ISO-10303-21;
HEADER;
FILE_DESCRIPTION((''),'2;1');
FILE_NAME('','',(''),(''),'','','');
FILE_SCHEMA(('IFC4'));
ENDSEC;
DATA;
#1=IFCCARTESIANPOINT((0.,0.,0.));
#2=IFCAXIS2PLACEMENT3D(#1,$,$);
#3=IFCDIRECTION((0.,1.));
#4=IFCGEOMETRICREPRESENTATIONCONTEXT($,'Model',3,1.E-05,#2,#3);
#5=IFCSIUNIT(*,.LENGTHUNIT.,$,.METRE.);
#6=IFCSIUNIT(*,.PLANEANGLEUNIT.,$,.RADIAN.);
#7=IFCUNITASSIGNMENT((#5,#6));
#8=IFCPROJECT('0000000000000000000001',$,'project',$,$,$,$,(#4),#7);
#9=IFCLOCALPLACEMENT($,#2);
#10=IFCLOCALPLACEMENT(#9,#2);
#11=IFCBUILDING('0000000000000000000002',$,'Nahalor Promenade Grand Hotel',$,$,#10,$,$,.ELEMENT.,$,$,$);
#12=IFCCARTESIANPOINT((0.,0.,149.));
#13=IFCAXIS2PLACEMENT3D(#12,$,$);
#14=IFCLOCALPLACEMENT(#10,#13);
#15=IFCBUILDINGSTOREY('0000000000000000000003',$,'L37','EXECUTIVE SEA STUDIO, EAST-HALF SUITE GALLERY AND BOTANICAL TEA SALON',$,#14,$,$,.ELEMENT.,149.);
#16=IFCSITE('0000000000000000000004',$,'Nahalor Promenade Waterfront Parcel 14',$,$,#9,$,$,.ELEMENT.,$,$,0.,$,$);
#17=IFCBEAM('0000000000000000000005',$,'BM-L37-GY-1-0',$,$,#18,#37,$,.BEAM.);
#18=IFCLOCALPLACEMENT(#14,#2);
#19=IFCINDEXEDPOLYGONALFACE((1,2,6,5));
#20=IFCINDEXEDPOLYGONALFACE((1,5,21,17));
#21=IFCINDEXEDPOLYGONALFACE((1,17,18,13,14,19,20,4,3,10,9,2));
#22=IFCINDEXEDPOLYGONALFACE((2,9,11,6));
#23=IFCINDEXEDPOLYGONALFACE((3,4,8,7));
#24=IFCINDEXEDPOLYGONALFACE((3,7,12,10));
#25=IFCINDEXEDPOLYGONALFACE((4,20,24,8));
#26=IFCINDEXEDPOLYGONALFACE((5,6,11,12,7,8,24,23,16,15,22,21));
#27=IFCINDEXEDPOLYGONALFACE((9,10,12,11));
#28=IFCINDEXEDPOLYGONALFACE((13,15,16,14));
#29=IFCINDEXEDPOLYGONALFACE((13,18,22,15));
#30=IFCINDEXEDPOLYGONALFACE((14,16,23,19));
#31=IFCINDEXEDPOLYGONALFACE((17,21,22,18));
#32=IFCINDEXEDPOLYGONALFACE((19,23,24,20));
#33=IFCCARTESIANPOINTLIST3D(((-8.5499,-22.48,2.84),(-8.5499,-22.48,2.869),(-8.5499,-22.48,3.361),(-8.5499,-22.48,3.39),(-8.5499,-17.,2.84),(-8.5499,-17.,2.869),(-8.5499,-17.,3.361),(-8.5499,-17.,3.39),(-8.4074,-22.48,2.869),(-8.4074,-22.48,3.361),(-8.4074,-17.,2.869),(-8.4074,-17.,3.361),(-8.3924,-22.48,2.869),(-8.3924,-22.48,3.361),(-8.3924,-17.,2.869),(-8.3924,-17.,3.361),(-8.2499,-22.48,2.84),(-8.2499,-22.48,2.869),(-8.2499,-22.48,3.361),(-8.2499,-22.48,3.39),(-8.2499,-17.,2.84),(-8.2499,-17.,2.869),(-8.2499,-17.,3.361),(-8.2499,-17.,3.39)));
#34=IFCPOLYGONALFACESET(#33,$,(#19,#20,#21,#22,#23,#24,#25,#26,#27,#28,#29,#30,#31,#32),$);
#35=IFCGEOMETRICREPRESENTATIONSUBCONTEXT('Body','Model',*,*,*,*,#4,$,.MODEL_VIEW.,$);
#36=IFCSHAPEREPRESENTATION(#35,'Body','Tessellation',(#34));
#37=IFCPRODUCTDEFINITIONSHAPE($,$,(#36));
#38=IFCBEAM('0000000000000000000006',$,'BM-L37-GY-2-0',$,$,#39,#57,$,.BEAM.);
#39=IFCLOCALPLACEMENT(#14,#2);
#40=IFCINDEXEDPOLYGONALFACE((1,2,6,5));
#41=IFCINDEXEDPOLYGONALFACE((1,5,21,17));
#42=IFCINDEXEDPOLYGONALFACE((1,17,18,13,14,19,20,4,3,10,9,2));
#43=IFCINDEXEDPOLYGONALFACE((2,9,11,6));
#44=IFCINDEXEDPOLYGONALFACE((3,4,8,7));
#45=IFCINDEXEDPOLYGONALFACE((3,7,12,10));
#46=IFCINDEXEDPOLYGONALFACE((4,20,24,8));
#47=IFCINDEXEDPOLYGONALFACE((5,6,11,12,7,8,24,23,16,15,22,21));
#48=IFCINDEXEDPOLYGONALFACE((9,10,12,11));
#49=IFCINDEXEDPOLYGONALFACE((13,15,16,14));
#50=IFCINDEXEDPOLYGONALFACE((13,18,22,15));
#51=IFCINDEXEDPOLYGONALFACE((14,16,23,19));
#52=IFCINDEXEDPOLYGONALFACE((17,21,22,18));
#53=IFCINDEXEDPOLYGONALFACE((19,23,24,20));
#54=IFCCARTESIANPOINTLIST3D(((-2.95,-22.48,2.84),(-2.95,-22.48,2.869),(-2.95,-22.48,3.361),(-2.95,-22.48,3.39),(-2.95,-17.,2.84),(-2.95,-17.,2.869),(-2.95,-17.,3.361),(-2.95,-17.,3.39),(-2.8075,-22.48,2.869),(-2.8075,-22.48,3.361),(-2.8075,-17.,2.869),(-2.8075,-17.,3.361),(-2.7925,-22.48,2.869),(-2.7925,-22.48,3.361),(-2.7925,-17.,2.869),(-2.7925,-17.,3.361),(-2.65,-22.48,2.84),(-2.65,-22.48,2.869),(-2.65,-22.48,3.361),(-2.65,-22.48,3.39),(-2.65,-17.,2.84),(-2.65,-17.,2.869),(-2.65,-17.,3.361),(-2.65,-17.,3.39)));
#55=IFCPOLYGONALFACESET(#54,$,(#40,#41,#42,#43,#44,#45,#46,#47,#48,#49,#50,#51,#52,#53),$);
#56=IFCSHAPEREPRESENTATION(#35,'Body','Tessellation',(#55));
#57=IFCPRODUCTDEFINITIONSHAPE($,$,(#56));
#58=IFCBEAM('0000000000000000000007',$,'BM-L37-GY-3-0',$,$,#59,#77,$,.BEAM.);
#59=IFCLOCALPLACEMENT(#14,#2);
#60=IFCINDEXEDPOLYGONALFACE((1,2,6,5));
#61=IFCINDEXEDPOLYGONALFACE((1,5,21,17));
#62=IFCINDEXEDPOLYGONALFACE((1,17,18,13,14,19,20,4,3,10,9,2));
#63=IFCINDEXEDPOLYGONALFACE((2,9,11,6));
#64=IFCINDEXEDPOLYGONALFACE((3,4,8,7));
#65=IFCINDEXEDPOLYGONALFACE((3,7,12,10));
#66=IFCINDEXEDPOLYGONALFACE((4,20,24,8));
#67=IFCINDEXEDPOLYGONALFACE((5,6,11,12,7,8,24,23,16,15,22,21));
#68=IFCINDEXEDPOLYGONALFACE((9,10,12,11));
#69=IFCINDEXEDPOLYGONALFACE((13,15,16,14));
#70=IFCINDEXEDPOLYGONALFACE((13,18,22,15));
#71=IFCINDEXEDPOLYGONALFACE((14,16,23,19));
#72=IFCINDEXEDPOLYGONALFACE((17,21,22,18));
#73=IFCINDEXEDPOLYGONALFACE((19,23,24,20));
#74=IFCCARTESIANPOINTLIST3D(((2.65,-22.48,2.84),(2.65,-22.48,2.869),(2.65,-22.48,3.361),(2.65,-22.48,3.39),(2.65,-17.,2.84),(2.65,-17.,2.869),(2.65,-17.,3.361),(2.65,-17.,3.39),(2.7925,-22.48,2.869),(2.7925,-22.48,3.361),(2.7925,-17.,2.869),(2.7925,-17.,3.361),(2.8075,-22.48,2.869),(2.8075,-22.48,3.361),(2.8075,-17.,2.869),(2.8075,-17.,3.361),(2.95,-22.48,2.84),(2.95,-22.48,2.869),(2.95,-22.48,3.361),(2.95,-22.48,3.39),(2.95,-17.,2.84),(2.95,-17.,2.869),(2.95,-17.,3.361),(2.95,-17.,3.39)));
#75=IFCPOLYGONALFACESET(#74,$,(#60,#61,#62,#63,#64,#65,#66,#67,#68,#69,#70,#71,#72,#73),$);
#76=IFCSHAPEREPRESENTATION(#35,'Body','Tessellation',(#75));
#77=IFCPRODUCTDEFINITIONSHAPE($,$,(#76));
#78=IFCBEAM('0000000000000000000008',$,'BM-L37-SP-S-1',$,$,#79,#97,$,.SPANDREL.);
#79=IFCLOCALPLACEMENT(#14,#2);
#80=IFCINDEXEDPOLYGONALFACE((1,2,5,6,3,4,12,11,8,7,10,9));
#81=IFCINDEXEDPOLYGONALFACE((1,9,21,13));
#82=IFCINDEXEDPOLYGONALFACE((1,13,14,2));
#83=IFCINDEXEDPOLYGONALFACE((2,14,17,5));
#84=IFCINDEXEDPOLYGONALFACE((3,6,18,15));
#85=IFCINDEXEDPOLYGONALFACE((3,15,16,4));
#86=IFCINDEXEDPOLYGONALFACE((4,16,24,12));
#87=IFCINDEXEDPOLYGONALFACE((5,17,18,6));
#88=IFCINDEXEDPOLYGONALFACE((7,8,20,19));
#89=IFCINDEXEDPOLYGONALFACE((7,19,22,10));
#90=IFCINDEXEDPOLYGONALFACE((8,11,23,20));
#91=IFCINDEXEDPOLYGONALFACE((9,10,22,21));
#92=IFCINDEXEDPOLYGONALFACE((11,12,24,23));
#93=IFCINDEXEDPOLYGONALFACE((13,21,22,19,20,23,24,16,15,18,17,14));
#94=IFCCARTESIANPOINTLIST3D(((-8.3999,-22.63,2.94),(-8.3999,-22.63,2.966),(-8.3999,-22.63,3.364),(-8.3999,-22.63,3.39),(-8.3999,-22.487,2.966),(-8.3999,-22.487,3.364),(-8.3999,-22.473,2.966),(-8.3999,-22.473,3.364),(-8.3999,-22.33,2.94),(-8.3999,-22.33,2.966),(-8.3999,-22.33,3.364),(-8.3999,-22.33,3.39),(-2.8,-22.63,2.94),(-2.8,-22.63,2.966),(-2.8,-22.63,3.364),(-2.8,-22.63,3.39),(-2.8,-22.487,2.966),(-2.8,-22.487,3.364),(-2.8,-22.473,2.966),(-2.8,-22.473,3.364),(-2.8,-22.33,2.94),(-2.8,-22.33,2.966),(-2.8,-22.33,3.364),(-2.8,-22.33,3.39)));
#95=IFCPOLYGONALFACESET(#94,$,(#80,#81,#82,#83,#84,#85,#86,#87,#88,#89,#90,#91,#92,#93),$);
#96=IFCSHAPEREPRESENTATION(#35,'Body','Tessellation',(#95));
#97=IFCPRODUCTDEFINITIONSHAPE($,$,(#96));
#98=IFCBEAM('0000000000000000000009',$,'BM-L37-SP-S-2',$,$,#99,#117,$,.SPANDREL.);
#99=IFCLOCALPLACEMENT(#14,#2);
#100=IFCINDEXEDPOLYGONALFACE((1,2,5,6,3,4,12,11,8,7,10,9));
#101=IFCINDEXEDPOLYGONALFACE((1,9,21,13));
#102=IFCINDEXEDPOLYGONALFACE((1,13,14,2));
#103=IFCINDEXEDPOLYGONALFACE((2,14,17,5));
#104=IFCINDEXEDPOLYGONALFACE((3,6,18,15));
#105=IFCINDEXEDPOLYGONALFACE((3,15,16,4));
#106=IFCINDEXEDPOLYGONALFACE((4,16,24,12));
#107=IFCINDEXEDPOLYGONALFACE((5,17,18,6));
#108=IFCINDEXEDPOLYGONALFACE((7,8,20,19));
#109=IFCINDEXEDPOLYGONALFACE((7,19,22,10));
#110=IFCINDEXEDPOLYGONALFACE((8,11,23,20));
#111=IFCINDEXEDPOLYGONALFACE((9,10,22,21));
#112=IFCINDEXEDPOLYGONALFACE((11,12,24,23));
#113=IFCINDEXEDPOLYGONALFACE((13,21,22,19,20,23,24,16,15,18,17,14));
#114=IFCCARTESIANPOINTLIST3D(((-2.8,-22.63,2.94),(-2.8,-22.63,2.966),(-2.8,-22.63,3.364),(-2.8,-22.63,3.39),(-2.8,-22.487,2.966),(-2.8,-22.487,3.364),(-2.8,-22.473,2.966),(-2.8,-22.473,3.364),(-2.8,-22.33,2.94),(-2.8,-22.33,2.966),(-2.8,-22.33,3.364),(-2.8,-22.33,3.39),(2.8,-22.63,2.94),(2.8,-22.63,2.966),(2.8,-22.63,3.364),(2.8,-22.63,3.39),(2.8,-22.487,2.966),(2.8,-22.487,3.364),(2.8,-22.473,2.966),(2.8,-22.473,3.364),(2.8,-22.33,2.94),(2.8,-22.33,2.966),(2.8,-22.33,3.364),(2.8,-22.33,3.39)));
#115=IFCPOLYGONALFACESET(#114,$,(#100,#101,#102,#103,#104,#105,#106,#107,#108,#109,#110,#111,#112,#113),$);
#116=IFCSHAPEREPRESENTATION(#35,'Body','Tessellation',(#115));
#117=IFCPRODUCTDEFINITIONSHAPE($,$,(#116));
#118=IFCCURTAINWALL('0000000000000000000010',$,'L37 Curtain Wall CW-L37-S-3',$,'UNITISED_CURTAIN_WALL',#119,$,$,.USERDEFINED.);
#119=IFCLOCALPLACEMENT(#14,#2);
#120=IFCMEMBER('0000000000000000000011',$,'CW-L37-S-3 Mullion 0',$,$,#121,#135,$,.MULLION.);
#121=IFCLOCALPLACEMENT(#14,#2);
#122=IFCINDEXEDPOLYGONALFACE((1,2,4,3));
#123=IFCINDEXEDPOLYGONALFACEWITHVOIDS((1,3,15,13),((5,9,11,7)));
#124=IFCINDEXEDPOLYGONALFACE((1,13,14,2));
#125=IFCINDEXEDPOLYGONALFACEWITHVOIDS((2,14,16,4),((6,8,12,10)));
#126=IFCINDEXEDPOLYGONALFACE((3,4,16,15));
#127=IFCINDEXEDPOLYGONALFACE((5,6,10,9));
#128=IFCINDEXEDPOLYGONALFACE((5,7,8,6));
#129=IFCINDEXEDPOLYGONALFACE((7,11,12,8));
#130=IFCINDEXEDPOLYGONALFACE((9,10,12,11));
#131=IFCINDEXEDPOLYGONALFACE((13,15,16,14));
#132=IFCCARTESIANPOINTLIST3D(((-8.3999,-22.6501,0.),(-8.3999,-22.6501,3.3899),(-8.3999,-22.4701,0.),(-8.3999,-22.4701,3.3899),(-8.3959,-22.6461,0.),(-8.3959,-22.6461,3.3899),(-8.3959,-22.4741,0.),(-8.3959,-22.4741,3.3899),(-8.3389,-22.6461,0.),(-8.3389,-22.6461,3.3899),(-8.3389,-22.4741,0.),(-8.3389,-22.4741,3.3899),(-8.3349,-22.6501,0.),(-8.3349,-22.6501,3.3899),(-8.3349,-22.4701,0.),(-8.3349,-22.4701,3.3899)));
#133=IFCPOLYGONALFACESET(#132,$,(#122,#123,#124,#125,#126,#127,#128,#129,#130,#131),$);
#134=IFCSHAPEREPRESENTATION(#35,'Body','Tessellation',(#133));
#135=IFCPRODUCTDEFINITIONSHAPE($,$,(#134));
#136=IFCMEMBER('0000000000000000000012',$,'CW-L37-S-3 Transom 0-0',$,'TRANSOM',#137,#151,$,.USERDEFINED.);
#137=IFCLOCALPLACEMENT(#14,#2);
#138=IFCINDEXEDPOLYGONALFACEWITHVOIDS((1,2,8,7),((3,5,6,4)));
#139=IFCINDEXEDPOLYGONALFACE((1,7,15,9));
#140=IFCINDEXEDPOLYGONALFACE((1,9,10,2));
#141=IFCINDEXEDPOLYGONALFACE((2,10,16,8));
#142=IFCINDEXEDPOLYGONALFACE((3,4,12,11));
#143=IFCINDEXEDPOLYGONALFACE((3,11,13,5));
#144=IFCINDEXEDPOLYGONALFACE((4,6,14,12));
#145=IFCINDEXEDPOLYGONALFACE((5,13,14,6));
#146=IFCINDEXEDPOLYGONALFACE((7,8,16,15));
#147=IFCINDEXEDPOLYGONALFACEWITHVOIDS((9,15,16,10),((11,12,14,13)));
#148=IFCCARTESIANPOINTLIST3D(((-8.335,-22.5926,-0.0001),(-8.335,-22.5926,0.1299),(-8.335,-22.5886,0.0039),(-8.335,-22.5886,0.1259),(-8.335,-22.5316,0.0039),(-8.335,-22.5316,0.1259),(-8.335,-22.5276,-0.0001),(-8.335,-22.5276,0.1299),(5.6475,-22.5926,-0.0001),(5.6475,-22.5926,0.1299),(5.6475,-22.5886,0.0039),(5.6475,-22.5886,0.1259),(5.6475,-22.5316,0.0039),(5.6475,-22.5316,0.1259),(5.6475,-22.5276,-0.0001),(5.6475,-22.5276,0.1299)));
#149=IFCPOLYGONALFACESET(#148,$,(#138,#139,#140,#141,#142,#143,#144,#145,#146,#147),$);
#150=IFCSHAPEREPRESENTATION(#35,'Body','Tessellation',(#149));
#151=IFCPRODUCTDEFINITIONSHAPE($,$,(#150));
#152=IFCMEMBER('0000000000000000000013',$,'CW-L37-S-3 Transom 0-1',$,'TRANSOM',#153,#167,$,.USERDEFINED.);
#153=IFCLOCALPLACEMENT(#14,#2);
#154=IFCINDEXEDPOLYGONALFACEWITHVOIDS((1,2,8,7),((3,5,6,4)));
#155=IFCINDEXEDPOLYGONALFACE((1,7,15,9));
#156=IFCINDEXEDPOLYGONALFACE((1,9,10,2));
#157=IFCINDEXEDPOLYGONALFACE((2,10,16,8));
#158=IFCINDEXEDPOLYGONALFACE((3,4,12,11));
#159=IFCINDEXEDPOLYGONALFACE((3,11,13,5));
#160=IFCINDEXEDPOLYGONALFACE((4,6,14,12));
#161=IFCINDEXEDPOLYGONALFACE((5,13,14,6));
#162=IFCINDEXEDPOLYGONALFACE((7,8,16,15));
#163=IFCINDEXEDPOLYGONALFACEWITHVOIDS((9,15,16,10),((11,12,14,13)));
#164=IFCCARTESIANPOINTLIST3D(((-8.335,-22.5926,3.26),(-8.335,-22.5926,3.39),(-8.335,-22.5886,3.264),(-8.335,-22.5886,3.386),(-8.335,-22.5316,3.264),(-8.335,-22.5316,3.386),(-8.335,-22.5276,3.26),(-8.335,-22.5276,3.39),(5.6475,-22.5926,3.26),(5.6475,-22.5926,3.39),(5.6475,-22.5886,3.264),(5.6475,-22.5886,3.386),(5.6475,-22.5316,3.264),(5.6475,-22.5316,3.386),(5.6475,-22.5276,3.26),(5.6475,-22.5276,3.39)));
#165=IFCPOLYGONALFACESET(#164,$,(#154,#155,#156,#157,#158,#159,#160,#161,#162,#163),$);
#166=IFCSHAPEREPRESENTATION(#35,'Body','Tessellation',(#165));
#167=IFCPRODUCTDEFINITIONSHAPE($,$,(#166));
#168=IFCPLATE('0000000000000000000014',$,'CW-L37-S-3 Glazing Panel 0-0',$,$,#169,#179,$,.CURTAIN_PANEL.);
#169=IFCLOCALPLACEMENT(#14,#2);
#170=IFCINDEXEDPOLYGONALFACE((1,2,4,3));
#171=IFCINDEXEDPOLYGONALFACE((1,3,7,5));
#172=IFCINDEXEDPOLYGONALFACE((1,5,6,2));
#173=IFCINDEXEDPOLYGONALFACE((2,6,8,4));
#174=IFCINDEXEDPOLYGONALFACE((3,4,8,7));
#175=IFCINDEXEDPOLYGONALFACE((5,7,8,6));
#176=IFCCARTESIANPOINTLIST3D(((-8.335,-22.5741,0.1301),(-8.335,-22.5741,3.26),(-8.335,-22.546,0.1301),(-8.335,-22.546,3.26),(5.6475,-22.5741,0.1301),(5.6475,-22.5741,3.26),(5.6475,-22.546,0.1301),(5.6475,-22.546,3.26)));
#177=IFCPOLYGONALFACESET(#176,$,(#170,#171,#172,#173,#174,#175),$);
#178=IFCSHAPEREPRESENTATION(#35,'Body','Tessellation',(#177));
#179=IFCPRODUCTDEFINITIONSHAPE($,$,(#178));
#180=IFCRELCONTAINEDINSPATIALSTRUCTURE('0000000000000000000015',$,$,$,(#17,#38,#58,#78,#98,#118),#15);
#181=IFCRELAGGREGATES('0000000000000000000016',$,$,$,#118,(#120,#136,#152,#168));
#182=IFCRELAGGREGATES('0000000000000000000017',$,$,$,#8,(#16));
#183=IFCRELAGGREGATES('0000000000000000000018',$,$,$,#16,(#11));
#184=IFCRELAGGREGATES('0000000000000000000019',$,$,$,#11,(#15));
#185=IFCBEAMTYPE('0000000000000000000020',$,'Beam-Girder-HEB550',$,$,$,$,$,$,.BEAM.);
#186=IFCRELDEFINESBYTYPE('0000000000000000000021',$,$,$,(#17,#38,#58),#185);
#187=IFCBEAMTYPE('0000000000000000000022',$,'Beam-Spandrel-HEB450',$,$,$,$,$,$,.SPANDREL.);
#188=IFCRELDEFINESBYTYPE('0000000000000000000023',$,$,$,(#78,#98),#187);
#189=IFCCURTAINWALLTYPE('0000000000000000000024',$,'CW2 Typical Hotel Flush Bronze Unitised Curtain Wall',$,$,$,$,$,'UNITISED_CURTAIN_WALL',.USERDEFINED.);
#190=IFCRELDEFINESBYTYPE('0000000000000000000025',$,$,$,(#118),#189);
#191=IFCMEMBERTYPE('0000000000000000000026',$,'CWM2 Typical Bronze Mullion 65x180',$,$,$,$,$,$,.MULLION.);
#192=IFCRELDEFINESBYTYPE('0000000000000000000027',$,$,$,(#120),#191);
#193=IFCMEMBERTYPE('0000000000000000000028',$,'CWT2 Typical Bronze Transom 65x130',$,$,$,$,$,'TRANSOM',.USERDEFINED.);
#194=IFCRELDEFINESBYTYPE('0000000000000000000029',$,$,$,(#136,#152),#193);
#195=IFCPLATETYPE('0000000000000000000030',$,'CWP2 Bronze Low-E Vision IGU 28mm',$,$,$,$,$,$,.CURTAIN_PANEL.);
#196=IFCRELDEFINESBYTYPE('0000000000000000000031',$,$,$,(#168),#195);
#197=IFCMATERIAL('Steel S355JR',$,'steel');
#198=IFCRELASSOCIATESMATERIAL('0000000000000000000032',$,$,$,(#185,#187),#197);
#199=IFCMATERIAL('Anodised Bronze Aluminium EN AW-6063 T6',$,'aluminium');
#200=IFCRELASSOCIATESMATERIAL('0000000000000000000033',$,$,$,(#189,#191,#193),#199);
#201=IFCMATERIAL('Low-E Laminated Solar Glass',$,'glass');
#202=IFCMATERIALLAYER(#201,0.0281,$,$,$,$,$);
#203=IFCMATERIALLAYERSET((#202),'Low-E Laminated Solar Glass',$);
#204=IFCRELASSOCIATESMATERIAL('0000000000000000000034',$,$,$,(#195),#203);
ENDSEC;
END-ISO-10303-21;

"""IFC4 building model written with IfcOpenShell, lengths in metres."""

from ifc_helpers import new_model, si_unit, direction, frame, origin, origin_2d, place, context, subcontext, project, spatial, rectangle, hollow_rectangle, i_section, extrude, source, transform, mapped, material, layer, layer_set, material_profile, profile_set, type_object, element, aggregate, save


model = new_model("IFC4")

# Units and contexts
model_context = context("Model", 3, precision=1e-05, world=origin(), true_north=direction((0.0, 1.0)))
body_context = subcontext(model_context, "Body", "Model", "MODEL_VIEW")
ifc_project = project(units=[si_unit("LENGTHUNIT", "METRE"), si_unit("PLANEANGLEUNIT", "RADIAN")], contexts=[model_context])

# Site, building, storey
site_placement = place(None, origin())
site = spatial("IfcSite", under=ifc_project, at=site_placement, Name="Nahalor Promenade Waterfront Parcel 14", CompositionType="ELEMENT", RefElevation=0.0)
building_placement = place(site_placement, origin())
building = spatial("IfcBuilding", under=site, at=building_placement, Name="Nahalor Promenade Grand Hotel", CompositionType="ELEMENT")
storey_placement = place(building_placement, frame((0.0, 0.0, 149.0)))
storey = spatial("IfcBuildingStorey", under=building, at=storey_placement, Name="L37", Description="EXECUTIVE SEA STUDIO, EAST-HALF SUITE GALLERY AND BOTANICAL TEA SALON", CompositionType="ELEMENT", Elevation=149.0)

# Beams
ifc_material_1 = material(Name="Steel S355JR", Category="steel")
ifc_material_profile_1 = material_profile(ifc_material_1, i_section(OverallWidth=0.3, OverallDepth=0.55, WebThickness=0.015, FlangeThickness=0.029, at=origin_2d()), Name="HEB 550")
ifc_profile_set_1 = profile_set([ifc_material_profile_1], Name="Steel S355JR")
beam_type_1 = type_object("IfcBeamType", Name="Beam-Girder-HEB550", PredefinedType="BEAM", material=ifc_profile_set_1)
shared_shape_1 = source(origin(), body_context, "Body", "SweptSolid", [
    extrude(i_section(OverallWidth=0.3, OverallDepth=0.55, WebThickness=0.015, FlangeThickness=0.029, at=origin_2d()), origin(), (0.0, 0.0, 1.0), 5.48),
])
for number, where, z_axis, x_axis, name in (
    (1, (-8.3999, -22.48, 3.115), (0.0, 1.0, 0.0), (-1.0, 0.0, 0.0), "BM-L37-GY-1-0"),
    (2, (-2.8, -22.48, 3.115), (0.0, 1.0, 0.0), (-1.0, 0.0, 0.0), "BM-L37-GY-2-0"),
    (3, (2.8, -22.48, 3.115), (0.0, 1.0, 0.0), (-1.0, 0.0, 0.0), "BM-L37-GY-3-0"),
):
    element("IfcBeam", number, at=place(storey_placement, frame(where, z_axis=z_axis, x_axis=x_axis)), inside=storey, type_object=beam_type_1, Name=name, PredefinedType="BEAM", context=body_context, shape_type="MappedRepresentation", body=[
        mapped(shared_shape_1, transform((0.0, 0.0, 0.0), scale=1.0)),
    ])
ifc_material_profile_2 = material_profile(ifc_material_1, i_section(OverallWidth=0.3, OverallDepth=0.45, WebThickness=0.014, FlangeThickness=0.026, at=origin_2d()), Name="HEB 450")
ifc_profile_set_2 = profile_set([ifc_material_profile_2], Name="Steel S355JR")
beam_type_2 = type_object("IfcBeamType", Name="Beam-Spandrel-HEB450", PredefinedType="SPANDREL", material=ifc_profile_set_2)
shared_shape_2 = source(origin(), body_context, "Body", "SweptSolid", [
    extrude(i_section(OverallWidth=0.3, OverallDepth=0.45, WebThickness=0.014, FlangeThickness=0.026, at=origin_2d()), origin(), (0.0, 0.0, 1.0), 5.5999),
])
beam_1_placement = place(storey_placement, frame((-8.3999, -22.48, 3.165), z_axis=(1.0, 0.0, 0.0), x_axis=(0.0, 1.0, 0.0)))
element("IfcBeam", 4, at=beam_1_placement, inside=storey, type_object=beam_type_2, Name="BM-L37-SP-S-1", PredefinedType="SPANDREL", context=body_context, shape_type="MappedRepresentation", body=[
    mapped(shared_shape_2, transform((0.0, 0.0, 0.0), scale=1.0)),
])
shared_shape_3 = source(origin(), body_context, "Body", "SweptSolid", [
    extrude(i_section(OverallWidth=0.3, OverallDepth=0.45, WebThickness=0.014, FlangeThickness=0.026, at=origin_2d()), origin(), (0.0, 0.0, 1.0), 5.6001),
])
beam_2_placement = place(storey_placement, frame((-2.8, -22.48, 3.165), z_axis=(1.0, 0.0, 0.0), x_axis=(0.0, 1.0, 0.0)))
element("IfcBeam", 5, at=beam_2_placement, inside=storey, type_object=beam_type_2, Name="BM-L37-SP-S-2", PredefinedType="SPANDREL", context=body_context, shape_type="MappedRepresentation", body=[
    mapped(shared_shape_3, transform((0.0, 0.0, 0.0), scale=1.0)),
])

# Curtain wall, members, plate
ifc_material_2 = material(Name="Anodised Bronze Aluminium EN AW-6063 T6", Category="aluminium")
curtain_wall_type = type_object("IfcCurtainWallType", Name="CW2 Typical Hotel Flush Bronze Unitised Curtain Wall", ElementType="UNITISED_CURTAIN_WALL", PredefinedType="USERDEFINED", material=ifc_material_2)
curtain_wall_placement = place(storey_placement, origin())
curtain_wall = element("IfcCurtainWall", 6, at=curtain_wall_placement, inside=storey, type_object=curtain_wall_type, Name="L37 Curtain Wall CW-L37-S-3", ObjectType="UNITISED_CURTAIN_WALL", PredefinedType="USERDEFINED")
ifc_material_profile_3 = material_profile(ifc_material_2, hollow_rectangle(XDim=0.065, YDim=0.18, WallThickness=0.004, at=origin_2d()), Name="CWM 65x180x4")
ifc_profile_set_3 = profile_set([ifc_material_profile_3], Name="Anodised Bronze Aluminium EN AW-6063 T6")
member_type_1 = type_object("IfcMemberType", Name="CWM2 Typical Bronze Mullion 65x180", PredefinedType="MULLION", material=ifc_profile_set_3)
shared_shape_4 = source(origin(), body_context, "Body", "SweptSolid", [
    extrude(hollow_rectangle(XDim=0.065, YDim=0.18, WallThickness=0.004, at=origin_2d()), origin(), (0.0, 0.0, 1.0), 3.3899),
])
member_1_placement = place(storey_placement, frame((-8.3674, -22.5601, 0.0), z_axis=(0.0, 0.0, 1.0), x_axis=(1.0, 0.0, 0.0)))
member_1 = element("IfcMember", 7, at=member_1_placement, type_object=member_type_1, Name="CW-L37-S-3 Mullion 0", PredefinedType="MULLION", context=body_context, shape_type="MappedRepresentation", body=[
    mapped(shared_shape_4, transform((0.0, 0.0, 0.0), scale=1.0)),
])
ifc_material_profile_4 = material_profile(ifc_material_2, hollow_rectangle(XDim=0.065, YDim=0.13, WallThickness=0.004, at=origin_2d()), Name="CWT 65x130x4")
ifc_profile_set_4 = profile_set([ifc_material_profile_4], Name="Anodised Bronze Aluminium EN AW-6063 T6")
member_type_2 = type_object("IfcMemberType", Name="CWT2 Typical Bronze Transom 65x130", ElementType="TRANSOM", PredefinedType="USERDEFINED", material=ifc_profile_set_4)
shared_shape_5 = source(origin(), body_context, "Body", "SweptSolid", [
    extrude(hollow_rectangle(XDim=0.065, YDim=0.13, WallThickness=0.004, at=origin_2d()), origin(), (0.0, 0.0, 1.0), 13.9824),
])
member_2_placement = place(storey_placement, frame((-8.335, -22.5601, 0.0649), z_axis=(1.0, 0.0, 0.0), x_axis=(0.0, 1.0, 0.0)))
member_2 = element("IfcMember", 8, at=member_2_placement, type_object=member_type_2, Name="CW-L37-S-3 Transom 0-0", ObjectType="TRANSOM", PredefinedType="USERDEFINED", context=body_context, shape_type="MappedRepresentation", body=[
    mapped(shared_shape_5, transform((0.0, 0.0, 0.0), scale=1.0)),
])
member_3_placement = place(storey_placement, frame((-8.335, -22.5601, 3.325), z_axis=(1.0, 0.0, 0.0), x_axis=(0.0, 1.0, 0.0)))
member_3 = element("IfcMember", 9, at=member_3_placement, type_object=member_type_2, Name="CW-L37-S-3 Transom 0-1", ObjectType="TRANSOM", PredefinedType="USERDEFINED", context=body_context, shape_type="MappedRepresentation", body=[
    mapped(shared_shape_5, transform((0.0, 0.0, 0.0), scale=1.0)),
])
ifc_material_3 = material(Name="Low-E Laminated Solar Glass", Category="glass")
ifc_layer_1 = layer(ifc_material_3, 0.0281)
ifc_layer_set_1 = layer_set([ifc_layer_1], Name="Low-E Laminated Solar Glass")
plate_type = type_object("IfcPlateType", Name="CWP2 Bronze Low-E Vision IGU 28mm", PredefinedType="CURTAIN_PANEL", material=ifc_layer_set_1)
shared_shape_6 = source(origin(), body_context, "Body", "SweptSolid", [
    extrude(rectangle(XDim=13.9824, YDim=0.0281, at=origin_2d()), origin(), (0.0, 0.0, 1.0), 3.1299),
])
plate_placement = place(storey_placement, frame((-1.3438, -22.5601, 0.1301), z_axis=(0.0, 0.0, 1.0), x_axis=(1.0, 0.0, 0.0)))
plate = element("IfcPlate", 10, at=plate_placement, type_object=plate_type, Name="CW-L37-S-3 Glazing Panel 0-0", PredefinedType="CURTAIN_PANEL", context=body_context, shape_type="MappedRepresentation", body=[
    mapped(shared_shape_6, transform((0.0, 0.0, 0.0), scale=1.0)),
])
aggregate(curtain_wall, [member_1, member_2, member_3, plate])

save(model, "model.ifc")
